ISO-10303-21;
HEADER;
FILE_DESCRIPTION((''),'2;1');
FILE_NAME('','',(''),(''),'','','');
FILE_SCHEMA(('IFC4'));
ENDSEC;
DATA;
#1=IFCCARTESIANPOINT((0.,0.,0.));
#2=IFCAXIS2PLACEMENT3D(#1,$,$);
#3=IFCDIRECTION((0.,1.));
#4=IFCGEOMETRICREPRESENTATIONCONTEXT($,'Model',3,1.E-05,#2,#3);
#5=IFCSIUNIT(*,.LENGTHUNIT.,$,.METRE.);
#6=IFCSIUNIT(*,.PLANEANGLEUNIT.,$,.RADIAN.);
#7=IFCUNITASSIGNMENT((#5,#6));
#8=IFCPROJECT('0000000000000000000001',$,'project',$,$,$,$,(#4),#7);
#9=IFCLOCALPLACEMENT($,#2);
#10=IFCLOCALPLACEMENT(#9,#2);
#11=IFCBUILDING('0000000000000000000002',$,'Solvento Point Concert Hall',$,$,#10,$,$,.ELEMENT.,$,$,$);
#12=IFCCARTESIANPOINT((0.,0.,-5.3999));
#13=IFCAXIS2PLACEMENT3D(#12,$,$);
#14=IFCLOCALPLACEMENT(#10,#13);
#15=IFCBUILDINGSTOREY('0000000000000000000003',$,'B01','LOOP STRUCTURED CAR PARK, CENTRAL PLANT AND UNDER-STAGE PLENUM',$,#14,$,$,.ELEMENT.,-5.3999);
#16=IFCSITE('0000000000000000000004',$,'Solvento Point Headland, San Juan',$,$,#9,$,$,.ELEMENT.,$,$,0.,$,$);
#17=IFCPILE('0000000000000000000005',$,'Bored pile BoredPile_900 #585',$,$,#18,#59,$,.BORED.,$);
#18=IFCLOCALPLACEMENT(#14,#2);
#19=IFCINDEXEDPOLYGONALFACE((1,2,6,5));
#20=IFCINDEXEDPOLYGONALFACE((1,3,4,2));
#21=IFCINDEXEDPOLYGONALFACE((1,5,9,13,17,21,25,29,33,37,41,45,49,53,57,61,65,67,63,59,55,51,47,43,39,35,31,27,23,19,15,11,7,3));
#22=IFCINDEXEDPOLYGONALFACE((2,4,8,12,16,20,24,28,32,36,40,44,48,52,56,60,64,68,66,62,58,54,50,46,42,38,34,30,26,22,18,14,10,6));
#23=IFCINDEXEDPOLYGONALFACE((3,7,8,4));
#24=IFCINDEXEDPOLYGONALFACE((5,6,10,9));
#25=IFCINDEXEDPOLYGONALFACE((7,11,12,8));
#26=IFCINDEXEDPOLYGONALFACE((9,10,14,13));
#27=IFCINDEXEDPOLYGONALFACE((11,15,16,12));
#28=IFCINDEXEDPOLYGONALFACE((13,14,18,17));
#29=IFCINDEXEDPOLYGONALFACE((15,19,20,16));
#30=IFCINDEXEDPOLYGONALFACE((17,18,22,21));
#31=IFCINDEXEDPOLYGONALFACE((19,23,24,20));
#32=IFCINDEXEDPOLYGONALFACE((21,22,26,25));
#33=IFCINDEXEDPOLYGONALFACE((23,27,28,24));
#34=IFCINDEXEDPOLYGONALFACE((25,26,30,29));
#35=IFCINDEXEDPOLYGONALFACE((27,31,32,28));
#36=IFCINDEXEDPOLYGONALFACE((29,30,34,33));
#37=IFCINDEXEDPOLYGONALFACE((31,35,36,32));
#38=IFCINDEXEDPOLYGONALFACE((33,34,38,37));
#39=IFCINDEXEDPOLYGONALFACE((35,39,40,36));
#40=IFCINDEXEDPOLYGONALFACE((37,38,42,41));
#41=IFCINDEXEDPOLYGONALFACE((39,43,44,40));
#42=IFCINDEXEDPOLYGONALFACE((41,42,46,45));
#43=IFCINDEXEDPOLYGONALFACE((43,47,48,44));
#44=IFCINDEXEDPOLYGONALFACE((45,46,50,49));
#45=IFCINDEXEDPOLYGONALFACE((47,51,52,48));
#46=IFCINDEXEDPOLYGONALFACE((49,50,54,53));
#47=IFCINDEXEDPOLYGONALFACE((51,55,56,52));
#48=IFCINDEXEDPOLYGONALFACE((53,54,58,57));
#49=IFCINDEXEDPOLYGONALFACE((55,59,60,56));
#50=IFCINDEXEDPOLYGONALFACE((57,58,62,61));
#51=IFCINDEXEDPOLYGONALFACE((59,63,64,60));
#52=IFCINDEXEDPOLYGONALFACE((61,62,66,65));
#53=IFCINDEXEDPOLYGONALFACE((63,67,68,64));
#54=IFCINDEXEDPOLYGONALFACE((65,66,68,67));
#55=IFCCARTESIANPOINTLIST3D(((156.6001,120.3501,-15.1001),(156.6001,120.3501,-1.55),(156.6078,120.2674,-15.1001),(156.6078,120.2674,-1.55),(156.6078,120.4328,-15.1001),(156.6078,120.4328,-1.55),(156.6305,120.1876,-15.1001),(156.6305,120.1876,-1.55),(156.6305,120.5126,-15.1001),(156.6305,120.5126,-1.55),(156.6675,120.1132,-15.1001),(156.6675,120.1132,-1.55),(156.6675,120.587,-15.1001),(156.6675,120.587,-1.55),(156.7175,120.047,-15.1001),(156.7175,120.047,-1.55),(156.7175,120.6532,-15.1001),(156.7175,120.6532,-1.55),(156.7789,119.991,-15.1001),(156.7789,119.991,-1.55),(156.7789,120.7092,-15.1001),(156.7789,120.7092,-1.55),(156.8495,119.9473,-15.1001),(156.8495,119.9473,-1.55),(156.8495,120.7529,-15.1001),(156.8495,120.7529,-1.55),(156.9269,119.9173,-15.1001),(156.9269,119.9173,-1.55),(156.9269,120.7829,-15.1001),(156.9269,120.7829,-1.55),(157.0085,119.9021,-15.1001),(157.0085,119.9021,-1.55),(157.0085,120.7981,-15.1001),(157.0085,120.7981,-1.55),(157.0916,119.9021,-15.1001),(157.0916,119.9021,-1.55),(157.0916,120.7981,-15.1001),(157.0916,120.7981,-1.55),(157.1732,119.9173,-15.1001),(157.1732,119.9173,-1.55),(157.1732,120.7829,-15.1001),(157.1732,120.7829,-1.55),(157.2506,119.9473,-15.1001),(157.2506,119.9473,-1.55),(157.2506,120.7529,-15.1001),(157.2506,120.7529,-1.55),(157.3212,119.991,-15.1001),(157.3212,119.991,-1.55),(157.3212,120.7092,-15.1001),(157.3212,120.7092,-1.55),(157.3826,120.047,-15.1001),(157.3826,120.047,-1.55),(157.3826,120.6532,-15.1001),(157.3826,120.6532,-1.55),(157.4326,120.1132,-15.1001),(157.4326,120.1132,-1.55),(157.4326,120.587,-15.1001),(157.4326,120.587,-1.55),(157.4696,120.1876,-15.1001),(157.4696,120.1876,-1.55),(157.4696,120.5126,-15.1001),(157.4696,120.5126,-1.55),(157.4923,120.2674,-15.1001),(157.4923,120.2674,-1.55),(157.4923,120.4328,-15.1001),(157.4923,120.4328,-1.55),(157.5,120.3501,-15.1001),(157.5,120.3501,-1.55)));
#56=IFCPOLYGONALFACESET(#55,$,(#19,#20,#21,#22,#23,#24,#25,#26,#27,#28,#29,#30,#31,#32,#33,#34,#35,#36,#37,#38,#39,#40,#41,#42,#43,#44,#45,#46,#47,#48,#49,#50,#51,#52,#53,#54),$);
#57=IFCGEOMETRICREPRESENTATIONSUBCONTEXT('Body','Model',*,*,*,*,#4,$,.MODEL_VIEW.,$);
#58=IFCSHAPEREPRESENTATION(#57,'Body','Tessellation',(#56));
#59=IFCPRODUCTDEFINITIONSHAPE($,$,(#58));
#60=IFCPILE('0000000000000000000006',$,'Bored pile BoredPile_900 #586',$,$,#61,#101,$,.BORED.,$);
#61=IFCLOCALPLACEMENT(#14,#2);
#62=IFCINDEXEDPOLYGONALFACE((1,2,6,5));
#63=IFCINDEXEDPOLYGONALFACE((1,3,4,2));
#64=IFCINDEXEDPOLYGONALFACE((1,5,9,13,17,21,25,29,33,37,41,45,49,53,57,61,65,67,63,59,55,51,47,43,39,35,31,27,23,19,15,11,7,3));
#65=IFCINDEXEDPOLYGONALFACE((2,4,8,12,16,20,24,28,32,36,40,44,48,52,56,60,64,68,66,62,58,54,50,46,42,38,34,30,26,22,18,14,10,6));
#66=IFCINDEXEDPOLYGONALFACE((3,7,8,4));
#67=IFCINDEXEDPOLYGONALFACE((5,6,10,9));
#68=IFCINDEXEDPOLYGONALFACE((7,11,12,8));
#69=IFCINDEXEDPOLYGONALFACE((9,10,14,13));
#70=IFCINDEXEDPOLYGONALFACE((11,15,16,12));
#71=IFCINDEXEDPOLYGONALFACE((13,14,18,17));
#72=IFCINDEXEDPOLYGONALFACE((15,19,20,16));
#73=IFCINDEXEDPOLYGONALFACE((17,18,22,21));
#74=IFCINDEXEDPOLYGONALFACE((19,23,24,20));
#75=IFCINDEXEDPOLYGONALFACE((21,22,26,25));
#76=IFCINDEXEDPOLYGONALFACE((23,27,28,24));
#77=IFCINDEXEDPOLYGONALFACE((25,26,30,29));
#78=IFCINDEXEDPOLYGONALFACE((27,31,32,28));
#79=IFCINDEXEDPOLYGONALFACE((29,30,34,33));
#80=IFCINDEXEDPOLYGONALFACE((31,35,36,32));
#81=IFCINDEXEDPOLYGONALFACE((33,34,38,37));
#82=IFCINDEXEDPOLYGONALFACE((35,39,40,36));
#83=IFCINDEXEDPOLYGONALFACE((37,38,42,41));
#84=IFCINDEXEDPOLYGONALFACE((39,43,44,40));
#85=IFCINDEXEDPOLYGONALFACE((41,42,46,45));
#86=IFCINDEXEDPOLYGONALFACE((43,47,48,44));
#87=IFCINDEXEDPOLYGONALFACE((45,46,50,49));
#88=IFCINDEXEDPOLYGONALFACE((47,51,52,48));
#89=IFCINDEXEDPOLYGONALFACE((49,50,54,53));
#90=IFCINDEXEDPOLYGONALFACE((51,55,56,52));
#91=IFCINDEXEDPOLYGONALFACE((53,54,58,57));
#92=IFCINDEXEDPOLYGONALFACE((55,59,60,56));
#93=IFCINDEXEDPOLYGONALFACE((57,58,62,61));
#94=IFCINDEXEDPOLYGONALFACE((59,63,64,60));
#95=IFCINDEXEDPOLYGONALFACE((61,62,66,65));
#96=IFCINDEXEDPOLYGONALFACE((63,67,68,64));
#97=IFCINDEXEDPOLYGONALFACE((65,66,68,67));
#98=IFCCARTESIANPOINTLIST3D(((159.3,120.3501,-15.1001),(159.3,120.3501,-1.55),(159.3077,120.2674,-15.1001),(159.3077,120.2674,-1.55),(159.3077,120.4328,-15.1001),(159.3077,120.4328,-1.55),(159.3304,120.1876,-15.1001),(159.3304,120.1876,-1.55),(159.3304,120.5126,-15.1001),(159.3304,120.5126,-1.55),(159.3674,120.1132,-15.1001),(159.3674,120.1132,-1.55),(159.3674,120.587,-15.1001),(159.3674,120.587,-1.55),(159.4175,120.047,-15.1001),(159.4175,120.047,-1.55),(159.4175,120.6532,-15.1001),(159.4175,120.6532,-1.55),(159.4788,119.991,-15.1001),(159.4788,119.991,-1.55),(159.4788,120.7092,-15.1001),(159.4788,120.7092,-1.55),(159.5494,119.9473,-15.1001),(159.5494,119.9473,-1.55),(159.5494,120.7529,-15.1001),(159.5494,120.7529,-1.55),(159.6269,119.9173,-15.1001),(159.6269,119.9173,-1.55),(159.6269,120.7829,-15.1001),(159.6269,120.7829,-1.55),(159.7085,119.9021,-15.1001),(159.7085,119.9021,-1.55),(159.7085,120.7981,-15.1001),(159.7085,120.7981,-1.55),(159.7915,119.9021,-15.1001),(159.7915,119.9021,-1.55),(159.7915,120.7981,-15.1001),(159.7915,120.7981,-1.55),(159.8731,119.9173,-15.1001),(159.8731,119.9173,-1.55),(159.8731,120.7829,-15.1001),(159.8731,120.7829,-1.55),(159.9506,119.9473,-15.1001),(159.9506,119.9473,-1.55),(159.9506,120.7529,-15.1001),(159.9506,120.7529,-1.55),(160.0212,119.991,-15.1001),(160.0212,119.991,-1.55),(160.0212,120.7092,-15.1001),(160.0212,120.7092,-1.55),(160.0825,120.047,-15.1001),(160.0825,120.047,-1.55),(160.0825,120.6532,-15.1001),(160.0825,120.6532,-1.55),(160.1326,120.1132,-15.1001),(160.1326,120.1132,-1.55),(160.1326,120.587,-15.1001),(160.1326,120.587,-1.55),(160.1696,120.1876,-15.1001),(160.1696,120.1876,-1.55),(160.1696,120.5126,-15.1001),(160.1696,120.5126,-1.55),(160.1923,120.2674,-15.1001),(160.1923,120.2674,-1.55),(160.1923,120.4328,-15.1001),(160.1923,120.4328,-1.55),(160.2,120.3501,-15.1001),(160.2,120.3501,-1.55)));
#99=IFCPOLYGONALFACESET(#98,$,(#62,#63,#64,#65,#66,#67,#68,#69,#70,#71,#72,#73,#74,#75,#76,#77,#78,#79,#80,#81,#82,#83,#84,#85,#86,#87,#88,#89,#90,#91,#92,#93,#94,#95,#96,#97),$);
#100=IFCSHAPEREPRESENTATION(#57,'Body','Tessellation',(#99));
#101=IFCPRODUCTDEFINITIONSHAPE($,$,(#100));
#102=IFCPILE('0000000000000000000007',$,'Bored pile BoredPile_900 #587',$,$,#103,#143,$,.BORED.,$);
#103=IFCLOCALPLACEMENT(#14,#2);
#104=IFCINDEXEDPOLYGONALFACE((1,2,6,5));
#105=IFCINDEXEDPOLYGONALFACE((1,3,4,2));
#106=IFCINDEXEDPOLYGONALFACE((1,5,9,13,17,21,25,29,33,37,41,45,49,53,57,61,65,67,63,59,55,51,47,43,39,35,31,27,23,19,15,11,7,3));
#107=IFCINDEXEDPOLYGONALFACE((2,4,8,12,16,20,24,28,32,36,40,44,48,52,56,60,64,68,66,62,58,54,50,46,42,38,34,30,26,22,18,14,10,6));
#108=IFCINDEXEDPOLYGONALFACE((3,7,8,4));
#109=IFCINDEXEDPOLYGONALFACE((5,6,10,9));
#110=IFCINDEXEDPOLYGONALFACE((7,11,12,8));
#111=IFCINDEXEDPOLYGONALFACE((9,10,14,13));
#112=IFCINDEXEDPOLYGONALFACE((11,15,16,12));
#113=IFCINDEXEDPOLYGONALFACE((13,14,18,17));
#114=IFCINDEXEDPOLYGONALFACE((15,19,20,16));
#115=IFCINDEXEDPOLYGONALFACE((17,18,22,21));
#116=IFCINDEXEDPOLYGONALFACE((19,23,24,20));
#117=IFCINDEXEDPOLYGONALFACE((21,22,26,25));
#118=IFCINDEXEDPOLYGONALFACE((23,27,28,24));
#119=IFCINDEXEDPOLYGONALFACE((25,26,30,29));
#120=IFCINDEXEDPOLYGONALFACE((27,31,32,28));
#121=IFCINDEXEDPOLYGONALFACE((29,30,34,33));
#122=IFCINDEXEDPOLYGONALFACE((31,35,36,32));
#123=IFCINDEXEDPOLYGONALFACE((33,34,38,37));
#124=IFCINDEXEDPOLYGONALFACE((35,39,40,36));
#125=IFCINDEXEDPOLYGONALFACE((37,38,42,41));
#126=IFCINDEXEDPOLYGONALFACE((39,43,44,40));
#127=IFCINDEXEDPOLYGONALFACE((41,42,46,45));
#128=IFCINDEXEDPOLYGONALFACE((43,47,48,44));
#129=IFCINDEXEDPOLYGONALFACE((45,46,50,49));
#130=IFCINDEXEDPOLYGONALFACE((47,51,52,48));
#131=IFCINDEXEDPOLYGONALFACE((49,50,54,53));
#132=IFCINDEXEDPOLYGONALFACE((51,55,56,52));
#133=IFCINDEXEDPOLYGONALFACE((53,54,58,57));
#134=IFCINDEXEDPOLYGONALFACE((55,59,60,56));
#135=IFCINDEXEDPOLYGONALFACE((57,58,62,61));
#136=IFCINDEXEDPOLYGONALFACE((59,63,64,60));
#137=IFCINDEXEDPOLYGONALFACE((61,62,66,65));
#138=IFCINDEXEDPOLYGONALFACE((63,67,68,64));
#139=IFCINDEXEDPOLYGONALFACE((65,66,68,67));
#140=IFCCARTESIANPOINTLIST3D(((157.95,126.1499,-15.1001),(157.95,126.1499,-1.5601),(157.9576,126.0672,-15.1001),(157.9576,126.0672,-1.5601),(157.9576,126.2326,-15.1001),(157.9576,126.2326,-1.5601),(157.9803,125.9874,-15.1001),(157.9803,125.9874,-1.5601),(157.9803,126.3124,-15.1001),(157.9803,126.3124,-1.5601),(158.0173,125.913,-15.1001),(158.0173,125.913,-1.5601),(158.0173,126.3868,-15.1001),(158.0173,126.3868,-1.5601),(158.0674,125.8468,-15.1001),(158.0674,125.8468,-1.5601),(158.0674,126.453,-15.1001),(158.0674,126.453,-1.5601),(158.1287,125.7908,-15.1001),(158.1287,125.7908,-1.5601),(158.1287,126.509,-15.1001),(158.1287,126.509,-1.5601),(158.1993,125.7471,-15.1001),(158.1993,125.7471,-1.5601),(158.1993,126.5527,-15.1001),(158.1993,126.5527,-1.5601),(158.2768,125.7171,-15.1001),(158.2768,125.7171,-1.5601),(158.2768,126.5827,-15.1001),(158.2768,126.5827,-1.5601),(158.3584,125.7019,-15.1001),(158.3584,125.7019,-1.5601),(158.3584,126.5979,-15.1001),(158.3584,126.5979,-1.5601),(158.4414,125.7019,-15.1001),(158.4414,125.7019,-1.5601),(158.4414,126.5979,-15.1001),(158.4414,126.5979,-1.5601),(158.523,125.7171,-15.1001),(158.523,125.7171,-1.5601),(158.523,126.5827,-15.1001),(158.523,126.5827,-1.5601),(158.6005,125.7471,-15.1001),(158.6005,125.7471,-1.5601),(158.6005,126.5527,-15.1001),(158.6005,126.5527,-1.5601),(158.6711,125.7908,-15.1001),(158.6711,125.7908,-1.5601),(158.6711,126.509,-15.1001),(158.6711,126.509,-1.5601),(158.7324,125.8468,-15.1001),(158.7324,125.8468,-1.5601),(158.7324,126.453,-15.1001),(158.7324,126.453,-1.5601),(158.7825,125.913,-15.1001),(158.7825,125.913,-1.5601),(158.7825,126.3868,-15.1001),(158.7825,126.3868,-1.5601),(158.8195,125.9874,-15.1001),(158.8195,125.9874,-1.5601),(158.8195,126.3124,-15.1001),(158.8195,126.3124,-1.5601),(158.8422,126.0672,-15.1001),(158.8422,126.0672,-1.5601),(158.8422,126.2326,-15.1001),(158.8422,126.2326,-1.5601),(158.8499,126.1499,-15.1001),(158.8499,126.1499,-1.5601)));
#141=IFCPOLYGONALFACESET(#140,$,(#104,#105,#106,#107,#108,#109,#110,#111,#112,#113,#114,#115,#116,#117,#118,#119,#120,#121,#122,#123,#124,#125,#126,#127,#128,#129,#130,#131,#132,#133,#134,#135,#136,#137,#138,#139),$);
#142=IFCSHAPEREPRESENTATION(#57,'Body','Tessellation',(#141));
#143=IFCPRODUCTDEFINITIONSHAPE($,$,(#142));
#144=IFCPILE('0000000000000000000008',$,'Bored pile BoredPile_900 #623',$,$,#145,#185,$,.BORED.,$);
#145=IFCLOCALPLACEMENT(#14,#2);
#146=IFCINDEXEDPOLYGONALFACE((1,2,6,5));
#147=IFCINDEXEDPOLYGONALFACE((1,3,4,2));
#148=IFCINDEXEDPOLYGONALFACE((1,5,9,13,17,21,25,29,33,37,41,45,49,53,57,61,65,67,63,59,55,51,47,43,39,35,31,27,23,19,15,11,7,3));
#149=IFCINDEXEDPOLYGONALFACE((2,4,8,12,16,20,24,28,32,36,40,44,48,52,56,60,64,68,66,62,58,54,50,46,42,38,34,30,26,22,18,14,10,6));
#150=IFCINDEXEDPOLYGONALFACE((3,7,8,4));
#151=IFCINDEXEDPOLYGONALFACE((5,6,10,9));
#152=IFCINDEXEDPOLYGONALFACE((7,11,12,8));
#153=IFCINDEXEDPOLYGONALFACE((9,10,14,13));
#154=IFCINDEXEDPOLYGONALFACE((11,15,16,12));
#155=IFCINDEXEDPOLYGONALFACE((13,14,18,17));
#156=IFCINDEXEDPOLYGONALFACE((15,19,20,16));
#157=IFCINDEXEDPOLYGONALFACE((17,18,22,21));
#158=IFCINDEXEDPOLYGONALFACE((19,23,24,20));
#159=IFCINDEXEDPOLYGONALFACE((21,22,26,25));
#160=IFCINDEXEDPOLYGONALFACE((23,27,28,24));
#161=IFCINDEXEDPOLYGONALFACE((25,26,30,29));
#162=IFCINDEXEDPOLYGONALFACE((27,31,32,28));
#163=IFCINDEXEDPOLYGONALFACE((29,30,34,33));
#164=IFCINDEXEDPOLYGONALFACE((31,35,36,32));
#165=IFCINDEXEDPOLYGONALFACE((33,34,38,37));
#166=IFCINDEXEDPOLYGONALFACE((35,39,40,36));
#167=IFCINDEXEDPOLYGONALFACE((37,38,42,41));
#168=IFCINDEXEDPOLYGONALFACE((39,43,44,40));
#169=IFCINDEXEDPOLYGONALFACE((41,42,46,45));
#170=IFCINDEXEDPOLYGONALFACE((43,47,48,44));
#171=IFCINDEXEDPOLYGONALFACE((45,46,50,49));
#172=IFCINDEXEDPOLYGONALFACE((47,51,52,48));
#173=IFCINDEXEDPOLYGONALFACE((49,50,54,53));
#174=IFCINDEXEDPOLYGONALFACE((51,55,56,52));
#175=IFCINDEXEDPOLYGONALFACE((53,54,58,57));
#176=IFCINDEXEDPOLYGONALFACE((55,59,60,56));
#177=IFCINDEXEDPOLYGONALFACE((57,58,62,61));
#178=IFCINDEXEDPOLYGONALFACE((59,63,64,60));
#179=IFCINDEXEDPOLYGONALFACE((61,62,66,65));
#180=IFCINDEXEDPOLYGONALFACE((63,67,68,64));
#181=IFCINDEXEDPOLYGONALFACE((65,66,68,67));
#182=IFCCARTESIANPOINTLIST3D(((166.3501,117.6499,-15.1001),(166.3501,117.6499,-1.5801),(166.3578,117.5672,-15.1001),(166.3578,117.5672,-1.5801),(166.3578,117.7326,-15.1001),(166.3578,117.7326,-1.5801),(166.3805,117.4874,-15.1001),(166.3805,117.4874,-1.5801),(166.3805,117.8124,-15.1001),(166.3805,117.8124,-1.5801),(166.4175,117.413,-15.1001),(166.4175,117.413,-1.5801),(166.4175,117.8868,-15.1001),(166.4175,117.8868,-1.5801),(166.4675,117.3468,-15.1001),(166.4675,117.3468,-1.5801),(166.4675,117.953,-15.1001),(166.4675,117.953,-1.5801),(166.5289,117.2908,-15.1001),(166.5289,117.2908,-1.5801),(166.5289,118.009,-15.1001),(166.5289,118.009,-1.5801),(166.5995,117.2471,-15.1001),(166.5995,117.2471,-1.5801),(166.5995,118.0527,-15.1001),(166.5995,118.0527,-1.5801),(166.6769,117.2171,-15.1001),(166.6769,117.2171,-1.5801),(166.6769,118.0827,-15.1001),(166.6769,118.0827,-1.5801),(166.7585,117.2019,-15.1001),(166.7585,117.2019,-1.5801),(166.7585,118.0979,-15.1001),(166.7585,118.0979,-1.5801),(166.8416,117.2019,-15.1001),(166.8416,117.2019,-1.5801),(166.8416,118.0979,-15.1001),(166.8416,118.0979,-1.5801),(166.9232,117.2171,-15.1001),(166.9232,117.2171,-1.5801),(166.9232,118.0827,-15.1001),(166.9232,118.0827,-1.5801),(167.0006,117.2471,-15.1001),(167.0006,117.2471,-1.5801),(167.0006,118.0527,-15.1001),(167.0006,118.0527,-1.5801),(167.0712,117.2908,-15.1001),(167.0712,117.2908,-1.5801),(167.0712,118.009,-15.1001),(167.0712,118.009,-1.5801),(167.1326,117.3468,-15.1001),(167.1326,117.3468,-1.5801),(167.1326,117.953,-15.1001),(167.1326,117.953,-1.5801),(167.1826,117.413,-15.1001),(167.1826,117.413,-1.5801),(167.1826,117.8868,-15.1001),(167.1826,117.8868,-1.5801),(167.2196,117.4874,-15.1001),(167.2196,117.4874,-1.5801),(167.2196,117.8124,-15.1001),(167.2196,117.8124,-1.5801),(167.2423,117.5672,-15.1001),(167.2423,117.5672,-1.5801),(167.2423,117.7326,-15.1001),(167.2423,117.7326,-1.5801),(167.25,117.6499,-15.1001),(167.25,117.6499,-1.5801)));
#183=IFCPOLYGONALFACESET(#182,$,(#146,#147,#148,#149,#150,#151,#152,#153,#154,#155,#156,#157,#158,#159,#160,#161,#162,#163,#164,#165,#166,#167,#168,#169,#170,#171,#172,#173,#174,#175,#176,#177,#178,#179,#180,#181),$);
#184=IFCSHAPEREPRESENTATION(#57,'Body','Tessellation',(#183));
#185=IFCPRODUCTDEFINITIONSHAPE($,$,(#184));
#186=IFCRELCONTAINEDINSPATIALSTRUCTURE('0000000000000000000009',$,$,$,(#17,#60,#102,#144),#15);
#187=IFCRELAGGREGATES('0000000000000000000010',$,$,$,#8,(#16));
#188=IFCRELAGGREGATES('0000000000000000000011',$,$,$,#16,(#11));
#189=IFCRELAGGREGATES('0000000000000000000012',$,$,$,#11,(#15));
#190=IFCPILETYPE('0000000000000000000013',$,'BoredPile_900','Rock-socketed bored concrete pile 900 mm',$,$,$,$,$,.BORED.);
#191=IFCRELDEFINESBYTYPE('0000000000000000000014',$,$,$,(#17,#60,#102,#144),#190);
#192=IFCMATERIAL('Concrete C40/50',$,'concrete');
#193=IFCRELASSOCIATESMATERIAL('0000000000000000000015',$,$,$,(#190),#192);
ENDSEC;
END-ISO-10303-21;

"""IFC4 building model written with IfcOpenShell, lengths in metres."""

from ifc_helpers import new_model, si_unit, direction, frame, origin, origin_2d, place, context, subcontext, project, spatial, circle, extrude, material, material_profile, profile_set, type_object, element, save


model = new_model("IFC4")

# Units and contexts
model_context = context("Model", 3, precision=1e-05, world=origin(), true_north=direction((0.0, 1.0)))
body_context = subcontext(model_context, "Body", "Model", "MODEL_VIEW")
ifc_project = project(units=[si_unit("LENGTHUNIT", "METRE"), si_unit("PLANEANGLEUNIT", "RADIAN")], contexts=[model_context])

# Site, building, storey
site_placement = place(None, origin())
site = spatial("IfcSite", under=ifc_project, at=site_placement, Name="Solvento Point Headland, San Juan", CompositionType="ELEMENT", RefElevation=0.0)
building_placement = place(site_placement, origin())
building = spatial("IfcBuilding", under=site, at=building_placement, Name="Solvento Point Concert Hall", CompositionType="ELEMENT")
storey_placement = place(building_placement, frame((0.0, 0.0, -5.3999)))
storey = spatial("IfcBuildingStorey", under=building, at=storey_placement, Name="B01", Description="LOOP STRUCTURED CAR PARK, CENTRAL PLANT AND UNDER-STAGE PLENUM", CompositionType="ELEMENT", Elevation=-5.3999)

# Piles
ifc_material_1 = material(Name="Concrete C40/50", Category="concrete")
ifc_material_profile_1 = material_profile(ifc_material_1, circle(Radius=0.45, at=origin_2d()), Name="BP-900")
ifc_profile_set_1 = profile_set([ifc_material_profile_1], Name="Concrete C40/50")
pile_type_1 = type_object("IfcPileType", Name="BoredPile_900", Description="Rock-socketed bored concrete pile 900 mm", PredefinedType="BORED", material=ifc_profile_set_1)
for number, where, z_axis, x_axis, name in (
    (1, (157.05, 120.3501, -1.55), (0.0, 0.0, -1.0), (1.0, 0.0, 0.0), "Bored pile BoredPile_900 #585"),
    (2, (159.75, 120.3501, -1.55), (0.0, 0.0, -1.0), (1.0, 0.0, 0.0), "Bored pile BoredPile_900 #586"),
):
    element("IfcPile", number, at=place(storey_placement, frame(where, z_axis=z_axis, x_axis=x_axis)), inside=storey, type_object=pile_type_1, Name=name, PredefinedType="BORED", context=body_context, shape_type="SweptSolid", body=[
        extrude(circle(Radius=0.45, at=origin_2d()), origin(), (0.0, 0.0, 1.0), 13.55),
    ])
pile_placement = place(storey_placement, frame((158.3999, 126.1499, -1.5601), z_axis=(0.0, 0.0, -1.0), x_axis=(1.0, 0.0, 0.0)))
element("IfcPile", 3, at=pile_placement, inside=storey, type_object=pile_type_1, Name="Bored pile BoredPile_900 #587", PredefinedType="BORED", context=body_context, shape_type="SweptSolid", body=[
    extrude(circle(Radius=0.45, at=origin_2d()), origin(), (0.0, 0.0, 1.0), 13.54),
])
for number, where, z_axis, x_axis, name in (
    (4, (166.8, 117.6499, -1.5801), (0.0, 0.0, -1.0), (1.0, 0.0, 0.0), "Bored pile BoredPile_900 #623"),
):
    element("IfcPile", number, at=place(storey_placement, frame(where, z_axis=z_axis, x_axis=x_axis)), inside=storey, type_object=pile_type_1, Name=name, PredefinedType="BORED", context=body_context, shape_type="SweptSolid", body=[
        extrude(circle(Radius=0.45, at=origin_2d()), origin(), (0.0, 0.0, 1.0), 13.52),
    ])

save(model, "model.ifc")
